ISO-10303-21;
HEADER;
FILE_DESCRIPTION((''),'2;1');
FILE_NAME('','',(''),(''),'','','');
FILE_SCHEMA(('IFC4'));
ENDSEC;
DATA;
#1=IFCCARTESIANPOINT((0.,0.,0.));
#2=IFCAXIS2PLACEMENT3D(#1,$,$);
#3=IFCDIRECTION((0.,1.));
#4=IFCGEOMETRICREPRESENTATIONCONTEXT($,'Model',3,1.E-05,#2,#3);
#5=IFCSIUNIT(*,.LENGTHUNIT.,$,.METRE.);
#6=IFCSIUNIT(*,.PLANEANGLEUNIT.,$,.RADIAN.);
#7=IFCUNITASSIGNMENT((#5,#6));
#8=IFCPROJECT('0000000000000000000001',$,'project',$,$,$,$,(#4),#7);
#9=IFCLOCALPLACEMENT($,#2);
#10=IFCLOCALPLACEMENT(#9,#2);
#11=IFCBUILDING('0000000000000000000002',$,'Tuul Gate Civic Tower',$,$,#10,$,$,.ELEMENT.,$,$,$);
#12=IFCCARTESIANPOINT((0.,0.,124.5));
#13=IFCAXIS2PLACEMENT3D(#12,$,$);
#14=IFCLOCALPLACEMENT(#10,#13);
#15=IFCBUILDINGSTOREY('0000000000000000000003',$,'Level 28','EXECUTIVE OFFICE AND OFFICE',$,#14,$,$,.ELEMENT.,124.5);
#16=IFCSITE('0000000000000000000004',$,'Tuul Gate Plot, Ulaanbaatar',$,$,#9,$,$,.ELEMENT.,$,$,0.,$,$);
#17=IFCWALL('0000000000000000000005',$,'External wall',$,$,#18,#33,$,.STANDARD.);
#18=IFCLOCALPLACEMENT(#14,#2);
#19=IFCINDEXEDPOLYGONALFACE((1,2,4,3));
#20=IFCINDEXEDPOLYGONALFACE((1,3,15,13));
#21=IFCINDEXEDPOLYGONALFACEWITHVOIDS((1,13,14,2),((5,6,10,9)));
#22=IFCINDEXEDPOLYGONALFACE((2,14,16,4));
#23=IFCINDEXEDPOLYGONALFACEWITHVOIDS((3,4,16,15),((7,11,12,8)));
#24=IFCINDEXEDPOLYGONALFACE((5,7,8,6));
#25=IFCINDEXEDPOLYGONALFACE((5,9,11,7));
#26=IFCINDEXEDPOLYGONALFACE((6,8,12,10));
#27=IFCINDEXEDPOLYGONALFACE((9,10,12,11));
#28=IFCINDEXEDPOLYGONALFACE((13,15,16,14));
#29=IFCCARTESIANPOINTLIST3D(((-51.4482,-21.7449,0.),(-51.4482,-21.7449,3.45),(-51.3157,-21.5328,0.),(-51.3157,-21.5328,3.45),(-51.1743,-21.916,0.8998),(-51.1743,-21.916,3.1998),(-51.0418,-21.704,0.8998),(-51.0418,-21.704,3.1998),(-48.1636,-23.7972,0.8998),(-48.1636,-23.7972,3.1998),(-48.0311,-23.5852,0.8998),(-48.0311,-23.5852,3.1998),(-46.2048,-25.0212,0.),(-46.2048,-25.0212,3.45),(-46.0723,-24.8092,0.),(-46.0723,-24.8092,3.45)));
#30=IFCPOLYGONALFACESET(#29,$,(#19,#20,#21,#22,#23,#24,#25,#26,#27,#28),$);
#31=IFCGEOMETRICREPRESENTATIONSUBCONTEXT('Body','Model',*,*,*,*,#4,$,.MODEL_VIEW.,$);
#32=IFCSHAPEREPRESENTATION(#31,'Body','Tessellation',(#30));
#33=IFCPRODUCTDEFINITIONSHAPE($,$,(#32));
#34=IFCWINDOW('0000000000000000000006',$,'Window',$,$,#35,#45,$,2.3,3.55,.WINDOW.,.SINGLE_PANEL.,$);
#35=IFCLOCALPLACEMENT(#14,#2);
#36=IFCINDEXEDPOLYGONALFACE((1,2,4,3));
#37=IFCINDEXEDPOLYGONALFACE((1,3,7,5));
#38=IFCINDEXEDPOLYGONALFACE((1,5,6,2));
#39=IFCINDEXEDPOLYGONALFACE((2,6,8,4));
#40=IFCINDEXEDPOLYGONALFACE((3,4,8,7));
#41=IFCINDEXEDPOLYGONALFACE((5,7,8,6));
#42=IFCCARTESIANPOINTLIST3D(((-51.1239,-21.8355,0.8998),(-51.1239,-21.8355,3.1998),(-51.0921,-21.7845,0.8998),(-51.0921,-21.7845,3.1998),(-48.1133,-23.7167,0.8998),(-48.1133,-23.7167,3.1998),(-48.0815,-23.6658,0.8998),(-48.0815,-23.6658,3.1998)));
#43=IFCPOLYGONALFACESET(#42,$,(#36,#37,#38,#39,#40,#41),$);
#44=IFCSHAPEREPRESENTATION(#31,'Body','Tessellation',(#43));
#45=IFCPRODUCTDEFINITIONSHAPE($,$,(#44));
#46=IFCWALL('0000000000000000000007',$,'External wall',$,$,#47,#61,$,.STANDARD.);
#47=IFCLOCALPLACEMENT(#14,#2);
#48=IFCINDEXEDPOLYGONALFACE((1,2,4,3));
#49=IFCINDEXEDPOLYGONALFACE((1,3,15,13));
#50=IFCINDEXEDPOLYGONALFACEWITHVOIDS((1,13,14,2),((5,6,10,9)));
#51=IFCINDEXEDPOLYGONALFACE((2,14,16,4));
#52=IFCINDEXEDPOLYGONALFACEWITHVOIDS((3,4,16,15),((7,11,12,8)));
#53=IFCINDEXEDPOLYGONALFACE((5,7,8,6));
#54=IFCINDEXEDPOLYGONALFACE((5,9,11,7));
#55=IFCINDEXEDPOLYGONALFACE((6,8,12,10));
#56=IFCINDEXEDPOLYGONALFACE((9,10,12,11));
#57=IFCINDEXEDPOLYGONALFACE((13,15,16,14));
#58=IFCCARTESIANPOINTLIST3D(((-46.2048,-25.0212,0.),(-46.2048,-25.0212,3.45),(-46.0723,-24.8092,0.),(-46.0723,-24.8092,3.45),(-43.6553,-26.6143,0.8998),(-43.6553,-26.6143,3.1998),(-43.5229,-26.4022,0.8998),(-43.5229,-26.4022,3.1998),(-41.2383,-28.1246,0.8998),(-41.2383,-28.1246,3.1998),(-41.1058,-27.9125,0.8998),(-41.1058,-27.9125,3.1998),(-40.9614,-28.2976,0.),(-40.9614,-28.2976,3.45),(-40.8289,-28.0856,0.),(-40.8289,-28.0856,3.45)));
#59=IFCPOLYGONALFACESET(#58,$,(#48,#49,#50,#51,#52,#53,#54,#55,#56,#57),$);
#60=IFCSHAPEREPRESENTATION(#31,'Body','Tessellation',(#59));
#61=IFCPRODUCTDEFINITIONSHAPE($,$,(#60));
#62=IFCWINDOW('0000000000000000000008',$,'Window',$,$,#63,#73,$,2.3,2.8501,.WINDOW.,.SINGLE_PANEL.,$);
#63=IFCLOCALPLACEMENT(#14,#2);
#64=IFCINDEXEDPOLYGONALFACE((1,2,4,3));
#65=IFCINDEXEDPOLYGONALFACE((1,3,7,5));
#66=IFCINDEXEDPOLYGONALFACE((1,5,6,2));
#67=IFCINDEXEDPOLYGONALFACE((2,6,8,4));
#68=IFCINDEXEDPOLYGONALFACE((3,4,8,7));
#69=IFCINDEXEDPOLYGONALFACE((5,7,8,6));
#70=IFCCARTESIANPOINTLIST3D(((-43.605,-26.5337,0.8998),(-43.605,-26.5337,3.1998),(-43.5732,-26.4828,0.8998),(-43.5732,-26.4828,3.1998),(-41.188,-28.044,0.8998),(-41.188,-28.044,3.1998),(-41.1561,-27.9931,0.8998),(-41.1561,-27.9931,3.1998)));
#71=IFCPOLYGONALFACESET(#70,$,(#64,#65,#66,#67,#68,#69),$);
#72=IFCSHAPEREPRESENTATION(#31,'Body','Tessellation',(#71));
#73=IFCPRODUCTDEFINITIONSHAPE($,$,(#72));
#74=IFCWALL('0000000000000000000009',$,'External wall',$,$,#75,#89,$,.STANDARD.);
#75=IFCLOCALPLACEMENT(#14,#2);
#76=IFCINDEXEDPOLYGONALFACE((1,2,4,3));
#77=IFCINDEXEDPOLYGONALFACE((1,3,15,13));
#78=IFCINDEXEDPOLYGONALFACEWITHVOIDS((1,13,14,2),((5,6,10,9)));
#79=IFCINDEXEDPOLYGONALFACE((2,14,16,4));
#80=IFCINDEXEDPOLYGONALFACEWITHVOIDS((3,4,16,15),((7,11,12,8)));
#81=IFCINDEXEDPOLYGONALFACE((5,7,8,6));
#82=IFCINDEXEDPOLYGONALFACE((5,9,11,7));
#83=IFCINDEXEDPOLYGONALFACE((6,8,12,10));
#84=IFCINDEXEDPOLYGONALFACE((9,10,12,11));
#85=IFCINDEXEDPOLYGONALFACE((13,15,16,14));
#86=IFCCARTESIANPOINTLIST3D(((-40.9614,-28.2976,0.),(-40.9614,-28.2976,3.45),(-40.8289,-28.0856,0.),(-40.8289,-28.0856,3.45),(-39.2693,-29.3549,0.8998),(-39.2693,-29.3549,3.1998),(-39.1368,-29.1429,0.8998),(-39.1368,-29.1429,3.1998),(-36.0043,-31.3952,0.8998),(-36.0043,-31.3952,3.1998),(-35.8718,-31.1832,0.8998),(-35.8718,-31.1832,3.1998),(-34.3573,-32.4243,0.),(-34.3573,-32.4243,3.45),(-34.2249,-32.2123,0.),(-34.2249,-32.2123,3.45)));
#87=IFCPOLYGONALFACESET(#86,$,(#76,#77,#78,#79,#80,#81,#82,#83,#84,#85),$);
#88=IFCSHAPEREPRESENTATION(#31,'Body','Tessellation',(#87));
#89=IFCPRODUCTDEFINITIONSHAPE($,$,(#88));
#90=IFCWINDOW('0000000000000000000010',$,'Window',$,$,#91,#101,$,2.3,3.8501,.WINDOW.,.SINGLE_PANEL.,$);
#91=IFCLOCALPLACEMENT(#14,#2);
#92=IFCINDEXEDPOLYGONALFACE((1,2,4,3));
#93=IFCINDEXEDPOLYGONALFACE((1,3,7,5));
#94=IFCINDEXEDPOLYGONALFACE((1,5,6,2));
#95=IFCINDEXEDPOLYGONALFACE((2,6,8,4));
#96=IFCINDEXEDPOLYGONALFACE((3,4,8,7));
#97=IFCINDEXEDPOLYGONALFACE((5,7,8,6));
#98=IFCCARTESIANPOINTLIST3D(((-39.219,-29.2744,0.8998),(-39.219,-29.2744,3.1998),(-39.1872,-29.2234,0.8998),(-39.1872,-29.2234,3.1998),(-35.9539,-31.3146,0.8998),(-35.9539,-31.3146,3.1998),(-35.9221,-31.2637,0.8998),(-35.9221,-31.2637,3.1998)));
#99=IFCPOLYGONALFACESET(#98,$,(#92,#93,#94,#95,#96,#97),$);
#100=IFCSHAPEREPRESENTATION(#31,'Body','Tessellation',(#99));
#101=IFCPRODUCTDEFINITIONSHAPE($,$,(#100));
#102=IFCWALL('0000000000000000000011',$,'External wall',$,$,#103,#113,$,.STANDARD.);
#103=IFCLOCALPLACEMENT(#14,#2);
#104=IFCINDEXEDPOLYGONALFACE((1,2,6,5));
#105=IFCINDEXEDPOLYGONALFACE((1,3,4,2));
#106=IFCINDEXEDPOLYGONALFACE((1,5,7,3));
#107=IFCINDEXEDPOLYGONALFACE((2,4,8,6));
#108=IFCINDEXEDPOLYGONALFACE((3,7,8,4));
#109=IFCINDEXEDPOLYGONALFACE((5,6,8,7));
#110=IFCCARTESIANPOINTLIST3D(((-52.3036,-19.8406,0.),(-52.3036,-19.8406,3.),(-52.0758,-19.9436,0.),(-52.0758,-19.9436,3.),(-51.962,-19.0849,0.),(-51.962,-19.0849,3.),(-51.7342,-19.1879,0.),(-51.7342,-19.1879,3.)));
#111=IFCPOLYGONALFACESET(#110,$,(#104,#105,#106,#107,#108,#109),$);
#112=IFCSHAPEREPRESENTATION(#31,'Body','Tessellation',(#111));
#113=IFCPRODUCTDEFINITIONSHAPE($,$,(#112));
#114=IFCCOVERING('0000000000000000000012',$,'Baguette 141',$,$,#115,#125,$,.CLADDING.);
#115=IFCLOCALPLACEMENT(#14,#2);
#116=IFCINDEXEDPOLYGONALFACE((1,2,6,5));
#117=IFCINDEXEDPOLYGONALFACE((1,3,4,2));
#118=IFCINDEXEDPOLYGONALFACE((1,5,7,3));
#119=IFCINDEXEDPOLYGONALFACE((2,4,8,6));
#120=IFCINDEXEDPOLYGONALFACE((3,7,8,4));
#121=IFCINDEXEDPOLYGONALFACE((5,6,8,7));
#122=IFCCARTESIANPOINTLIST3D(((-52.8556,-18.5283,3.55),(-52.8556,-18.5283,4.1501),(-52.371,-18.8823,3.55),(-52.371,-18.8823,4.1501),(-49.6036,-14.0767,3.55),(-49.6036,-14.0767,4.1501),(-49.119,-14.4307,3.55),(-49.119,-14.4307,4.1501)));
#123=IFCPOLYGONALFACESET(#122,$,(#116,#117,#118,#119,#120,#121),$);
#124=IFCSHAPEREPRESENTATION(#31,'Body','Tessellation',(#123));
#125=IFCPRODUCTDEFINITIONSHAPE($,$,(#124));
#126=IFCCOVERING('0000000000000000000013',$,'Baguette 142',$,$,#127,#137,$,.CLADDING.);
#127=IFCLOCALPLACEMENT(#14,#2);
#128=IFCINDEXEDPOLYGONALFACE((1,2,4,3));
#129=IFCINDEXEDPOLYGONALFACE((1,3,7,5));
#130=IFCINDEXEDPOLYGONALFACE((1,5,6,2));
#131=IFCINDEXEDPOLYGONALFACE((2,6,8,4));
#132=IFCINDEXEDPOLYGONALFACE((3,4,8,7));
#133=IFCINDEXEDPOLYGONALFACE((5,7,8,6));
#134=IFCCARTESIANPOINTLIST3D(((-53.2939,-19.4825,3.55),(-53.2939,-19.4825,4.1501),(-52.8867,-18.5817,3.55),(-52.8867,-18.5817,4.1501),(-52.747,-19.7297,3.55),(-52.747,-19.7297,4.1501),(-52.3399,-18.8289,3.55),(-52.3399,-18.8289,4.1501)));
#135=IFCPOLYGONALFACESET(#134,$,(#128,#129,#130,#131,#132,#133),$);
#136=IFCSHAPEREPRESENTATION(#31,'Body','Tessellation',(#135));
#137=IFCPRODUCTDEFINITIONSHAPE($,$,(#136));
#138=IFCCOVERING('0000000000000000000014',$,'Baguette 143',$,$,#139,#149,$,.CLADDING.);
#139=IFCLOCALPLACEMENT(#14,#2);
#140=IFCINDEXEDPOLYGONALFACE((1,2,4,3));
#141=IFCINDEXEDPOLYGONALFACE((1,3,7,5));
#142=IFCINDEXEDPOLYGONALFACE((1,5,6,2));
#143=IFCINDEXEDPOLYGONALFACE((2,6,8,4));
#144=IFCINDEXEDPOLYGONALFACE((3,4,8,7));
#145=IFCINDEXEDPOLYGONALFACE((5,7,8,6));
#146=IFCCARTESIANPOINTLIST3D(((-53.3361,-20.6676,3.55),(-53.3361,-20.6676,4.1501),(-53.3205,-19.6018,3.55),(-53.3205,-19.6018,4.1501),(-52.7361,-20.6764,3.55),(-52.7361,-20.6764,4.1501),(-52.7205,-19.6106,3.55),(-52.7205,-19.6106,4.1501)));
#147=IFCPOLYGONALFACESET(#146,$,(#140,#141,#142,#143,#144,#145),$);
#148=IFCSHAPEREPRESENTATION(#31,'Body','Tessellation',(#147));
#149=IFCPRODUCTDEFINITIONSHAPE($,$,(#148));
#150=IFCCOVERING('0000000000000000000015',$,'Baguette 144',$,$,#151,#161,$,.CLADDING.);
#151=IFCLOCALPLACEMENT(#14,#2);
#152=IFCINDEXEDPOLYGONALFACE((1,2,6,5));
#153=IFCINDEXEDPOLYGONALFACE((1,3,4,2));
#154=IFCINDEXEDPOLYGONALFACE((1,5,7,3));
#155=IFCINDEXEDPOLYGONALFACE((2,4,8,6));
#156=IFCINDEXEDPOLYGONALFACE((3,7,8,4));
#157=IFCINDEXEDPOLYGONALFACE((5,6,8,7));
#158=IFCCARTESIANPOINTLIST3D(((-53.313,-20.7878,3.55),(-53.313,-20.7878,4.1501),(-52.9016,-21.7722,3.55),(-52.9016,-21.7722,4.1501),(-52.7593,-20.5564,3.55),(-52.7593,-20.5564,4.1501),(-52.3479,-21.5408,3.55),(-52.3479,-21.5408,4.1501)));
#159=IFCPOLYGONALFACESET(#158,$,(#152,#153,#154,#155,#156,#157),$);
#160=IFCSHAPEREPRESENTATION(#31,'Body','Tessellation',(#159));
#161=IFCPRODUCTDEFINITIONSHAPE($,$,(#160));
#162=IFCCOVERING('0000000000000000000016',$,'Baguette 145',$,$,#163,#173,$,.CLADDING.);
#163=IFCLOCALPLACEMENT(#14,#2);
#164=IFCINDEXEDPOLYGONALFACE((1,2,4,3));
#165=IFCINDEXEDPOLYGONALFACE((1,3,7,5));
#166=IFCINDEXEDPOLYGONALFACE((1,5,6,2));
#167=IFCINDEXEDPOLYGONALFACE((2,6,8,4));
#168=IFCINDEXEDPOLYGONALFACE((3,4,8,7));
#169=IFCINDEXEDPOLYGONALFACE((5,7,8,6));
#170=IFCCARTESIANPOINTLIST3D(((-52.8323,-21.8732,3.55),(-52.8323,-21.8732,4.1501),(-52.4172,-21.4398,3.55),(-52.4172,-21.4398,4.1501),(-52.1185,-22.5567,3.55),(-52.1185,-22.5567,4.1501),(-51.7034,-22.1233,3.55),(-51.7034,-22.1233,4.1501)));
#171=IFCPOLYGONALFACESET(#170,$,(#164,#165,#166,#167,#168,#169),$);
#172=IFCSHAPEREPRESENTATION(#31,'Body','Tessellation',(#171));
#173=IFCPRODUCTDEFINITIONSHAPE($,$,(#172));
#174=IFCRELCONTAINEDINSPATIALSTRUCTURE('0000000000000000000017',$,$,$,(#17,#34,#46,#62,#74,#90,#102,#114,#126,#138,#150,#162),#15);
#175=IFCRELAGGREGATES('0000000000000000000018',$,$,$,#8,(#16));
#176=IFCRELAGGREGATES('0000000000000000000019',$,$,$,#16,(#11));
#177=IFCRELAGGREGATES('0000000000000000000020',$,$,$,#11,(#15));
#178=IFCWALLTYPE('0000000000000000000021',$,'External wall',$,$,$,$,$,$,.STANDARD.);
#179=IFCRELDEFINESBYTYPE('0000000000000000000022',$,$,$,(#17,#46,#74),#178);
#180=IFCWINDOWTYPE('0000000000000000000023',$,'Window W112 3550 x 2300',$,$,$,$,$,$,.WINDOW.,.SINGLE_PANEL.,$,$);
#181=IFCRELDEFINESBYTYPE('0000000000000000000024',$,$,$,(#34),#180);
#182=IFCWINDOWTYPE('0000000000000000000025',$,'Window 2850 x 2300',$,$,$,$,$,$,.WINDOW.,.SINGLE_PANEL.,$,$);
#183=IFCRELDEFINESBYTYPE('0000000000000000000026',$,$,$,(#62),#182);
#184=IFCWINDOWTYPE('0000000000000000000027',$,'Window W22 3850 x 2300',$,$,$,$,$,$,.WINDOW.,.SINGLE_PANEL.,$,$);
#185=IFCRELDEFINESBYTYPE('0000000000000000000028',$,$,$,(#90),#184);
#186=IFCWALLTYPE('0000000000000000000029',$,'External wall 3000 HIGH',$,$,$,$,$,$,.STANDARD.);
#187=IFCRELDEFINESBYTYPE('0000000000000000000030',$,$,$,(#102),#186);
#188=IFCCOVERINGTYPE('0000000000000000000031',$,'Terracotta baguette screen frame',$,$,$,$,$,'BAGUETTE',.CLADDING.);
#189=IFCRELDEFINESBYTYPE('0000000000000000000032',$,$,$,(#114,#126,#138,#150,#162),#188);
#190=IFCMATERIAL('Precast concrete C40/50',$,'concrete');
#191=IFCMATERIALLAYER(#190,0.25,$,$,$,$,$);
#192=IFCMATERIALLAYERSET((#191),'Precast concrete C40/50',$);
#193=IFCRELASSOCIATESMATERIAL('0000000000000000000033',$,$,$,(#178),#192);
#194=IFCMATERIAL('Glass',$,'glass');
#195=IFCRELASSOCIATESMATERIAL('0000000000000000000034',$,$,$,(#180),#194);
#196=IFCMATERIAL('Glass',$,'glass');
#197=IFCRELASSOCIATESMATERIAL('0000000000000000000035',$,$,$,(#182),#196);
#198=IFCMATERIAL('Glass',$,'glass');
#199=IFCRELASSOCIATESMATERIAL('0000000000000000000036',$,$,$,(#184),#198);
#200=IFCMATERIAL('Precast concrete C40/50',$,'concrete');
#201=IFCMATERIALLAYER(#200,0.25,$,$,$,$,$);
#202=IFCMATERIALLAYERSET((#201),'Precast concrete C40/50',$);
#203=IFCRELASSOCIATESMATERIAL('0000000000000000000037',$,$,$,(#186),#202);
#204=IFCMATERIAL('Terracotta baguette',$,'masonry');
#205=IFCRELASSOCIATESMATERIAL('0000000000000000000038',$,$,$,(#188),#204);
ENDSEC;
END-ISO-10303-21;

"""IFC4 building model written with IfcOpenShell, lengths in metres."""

from ifc_helpers import new_model, si_unit, direction, frame, frame_2d, origin, origin_2d, place, context, subcontext, project, spatial, rectangle, extrude, material, layer, layer_set, material_profile, profile_set, type_object, element, fill, save


model = new_model("IFC4")

# Units and contexts
model_context = context("Model", 3, precision=1e-05, world=origin(), true_north=direction((0.0, 1.0)))
body_context = subcontext(model_context, "Body", "Model", "MODEL_VIEW")
ifc_project = project(units=[si_unit("LENGTHUNIT", "METRE"), si_unit("PLANEANGLEUNIT", "RADIAN")], contexts=[model_context])

# Site, building, storey
site_placement = place(None, origin())
site = spatial("IfcSite", under=ifc_project, at=site_placement, Name="Tuul Gate Plot, Ulaanbaatar", CompositionType="ELEMENT", RefElevation=0.0)
building_placement = place(site_placement, origin())
building = spatial("IfcBuilding", under=site, at=building_placement, Name="Tuul Gate Civic Tower", CompositionType="ELEMENT")
storey_placement = place(building_placement, frame((0.0, 0.0, 124.5)))
storey = spatial("IfcBuildingStorey", under=building, at=storey_placement, Name="Level 28", Description="EXECUTIVE OFFICE AND OFFICE", CompositionType="ELEMENT", Elevation=124.5)

# Shared definitions
ifc_material_1 = material(Name="Precast concrete C40/50", Category="concrete")
ifc_layer_1 = layer(ifc_material_1, 0.25)
ifc_layer_set_1 = layer_set([ifc_layer_1], Name="Precast concrete C40/50")
wall_type_1 = type_object("IfcWallType", Name="External wall", PredefinedType="STANDARD", material=ifc_layer_set_1)

# Walls, openings, windows
wall_1_placement = place(storey_placement, frame((-51.3818, -21.6389, 0.0), z_axis=(0.0, 0.0, 1.0), x_axis=(0.848054, -0.52991, 0.0)))
wall_1 = element("IfcWall", 1, at=wall_1_placement, inside=storey, type_object=wall_type_1, Name="External wall", PredefinedType="STANDARD", context=body_context, shape_type="SweptSolid", body=[
    extrude(rectangle(XDim=6.1829, YDim=0.25, at=frame_2d((3.0913, 0.0))), origin(), (0.0, 0.0, 1.0), 3.45),
])
opening_1_placement = place(wall_1_placement, frame((0.323, 0.0, 0.8999)))
opening_1 = element("IfcOpeningElement", 2, at=opening_1_placement, cuts=wall_1, PredefinedType="OPENING", context=body_context, shape_type="SweptSolid", body=[
    extrude(rectangle(XDim=3.55, YDim=2.3, at=frame_2d((1.7749, 1.1499))), frame((0.0, 0.135, 0.0), z_axis=(0.0, -1.0, 0.0), x_axis=(1.0, 0.0, 0.0)), (0.0, 0.0, 1.0), 0.27),
])
ifc_material_2 = material(Name="Glass", Category="glass")
window_type_1 = type_object("IfcWindowType", Name="Window W112 3550 x 2300", PartitioningType="SINGLE_PANEL", PredefinedType="WINDOW", material=ifc_material_2)
window_1_placement = place(opening_1_placement, origin())
window_1 = element("IfcWindow", 3, at=window_1_placement, inside=storey, type_object=window_type_1, Name="Window", OverallHeight=2.3, OverallWidth=3.55, PartitioningType="SINGLE_PANEL", PredefinedType="WINDOW", context=body_context, shape_type="SweptSolid", body=[
    extrude(rectangle(XDim=3.55, YDim=2.3, at=frame_2d((1.7749, 1.1499))), frame((0.0, 0.03, 0.0), z_axis=(0.0, -1.0, 0.0), x_axis=(1.0, 0.0, 0.0)), (0.0, 0.0, 1.0), 0.0601),
])
fill(opening_1, window_1)
wall_2_placement = place(storey_placement, frame((-46.1384, -24.9153, 0.0), z_axis=(0.0, 0.0, 1.0), x_axis=(0.848054, -0.52991, 0.0)))
wall_2 = element("IfcWall", 4, at=wall_2_placement, inside=storey, type_object=wall_type_1, Name="External wall", PredefinedType="STANDARD", context=body_context, shape_type="SweptSolid", body=[
    extrude(rectangle(XDim=6.1829, YDim=0.25, at=frame_2d((3.0913, 0.0))), origin(), (0.0, 0.0, 1.0), 3.45),
])
opening_2_placement = place(wall_2_placement, frame((3.0061, 0.0, 0.8999)))
opening_2 = element("IfcOpeningElement", 5, at=opening_2_placement, cuts=wall_2, PredefinedType="OPENING", context=body_context, shape_type="SweptSolid", body=[
    extrude(rectangle(XDim=2.8501, YDim=2.3, at=frame_2d((1.425, 1.1499))), frame((0.0, 0.135, 0.0), z_axis=(0.0, -1.0, 0.0), x_axis=(1.0, 0.0, 0.0)), (0.0, 0.0, 1.0), 0.27),
])
ifc_material_3 = material(Name="Glass", Category="glass")
window_type_2 = type_object("IfcWindowType", Name="Window 2850 x 2300", PartitioningType="SINGLE_PANEL", PredefinedType="WINDOW", material=ifc_material_3)
window_2_placement = place(opening_2_placement, origin())
window_2 = element("IfcWindow", 6, at=window_2_placement, inside=storey, type_object=window_type_2, Name="Window", OverallHeight=2.3, OverallWidth=2.8501, PartitioningType="SINGLE_PANEL", PredefinedType="WINDOW", context=body_context, shape_type="SweptSolid", body=[
    extrude(rectangle(XDim=2.8501, YDim=2.3, at=frame_2d((1.425, 1.1499))), frame((0.0, 0.03, 0.0), z_axis=(0.0, -1.0, 0.0), x_axis=(1.0, 0.0, 0.0)), (0.0, 0.0, 1.0), 0.0601),
])
fill(opening_2, window_2)
wall_3_placement = place(storey_placement, frame((-40.895, -28.1917, 0.0), z_axis=(0.0, 0.0, 1.0), x_axis=(0.848044, -0.529926, 0.0)))
wall_3 = element("IfcWall", 7, at=wall_3_placement, inside=storey, type_object=wall_type_1, Name="External wall", PredefinedType="STANDARD", context=body_context, shape_type="SweptSolid", body=[
    extrude(rectangle(XDim=7.7874, YDim=0.25, at=frame_2d((3.8936, 0.0))), origin(), (0.0, 0.0, 1.0), 3.45),
])
opening_3_placement = place(wall_3_placement, frame((1.9951, 0.0, 0.8999)))
opening_3 = element("IfcOpeningElement", 8, at=opening_3_placement, cuts=wall_3, PredefinedType="OPENING", context=body_context, shape_type="SweptSolid", body=[
    extrude(rectangle(XDim=3.8501, YDim=2.3, at=frame_2d((1.925, 1.1499))), frame((0.0, 0.135, 0.0), z_axis=(0.0, -1.0, 0.0), x_axis=(1.0, 0.0, 0.0)), (0.0, 0.0, 1.0), 0.27),
])
ifc_material_4 = material(Name="Glass", Category="glass")
window_type_3 = type_object("IfcWindowType", Name="Window W22 3850 x 2300", PartitioningType="SINGLE_PANEL", PredefinedType="WINDOW", material=ifc_material_4)
window_3_placement = place(opening_3_placement, origin())
window_3 = element("IfcWindow", 9, at=window_3_placement, inside=storey, type_object=window_type_3, Name="Window", OverallHeight=2.3, OverallWidth=3.8501, PartitioningType="SINGLE_PANEL", PredefinedType="WINDOW", context=body_context, shape_type="SweptSolid", body=[
    extrude(rectangle(XDim=3.8501, YDim=2.3, at=frame_2d((1.925, 1.1499))), frame((0.0, 0.03, 0.0), z_axis=(0.0, -1.0, 0.0), x_axis=(1.0, 0.0, 0.0)), (0.0, 0.0, 1.0), 0.0601),
])
fill(opening_3, window_3)

# Wall
ifc_material_5 = material(Name="Precast concrete C40/50", Category="concrete")
ifc_layer_2 = layer(ifc_material_5, 0.25)
ifc_layer_set_2 = layer_set([ifc_layer_2], Name="Precast concrete C40/50")
wall_type_2 = type_object("IfcWallType", Name="External wall 3000 HIGH", PredefinedType="STANDARD", material=ifc_layer_set_2)
wall_4_placement = place(storey_placement, frame((-51.8481, -19.1365, 0.0), z_axis=(0.0, 0.0, 1.0), x_axis=(-0.411894, -0.911232, 0.0)))
element("IfcWall", 10, at=wall_4_placement, inside=storey, type_object=wall_type_2, Name="External wall", PredefinedType="STANDARD", context=body_context, shape_type="SweptSolid", body=[
    extrude(rectangle(XDim=0.8293, YDim=0.25, at=frame_2d((0.4146, 0.0))), origin(), (0.0, 0.0, 1.0), 3.0),
])

# Coverings
ifc_material_6 = material(Name="Terracotta baguette", Category="masonry")
ifc_material_profile_1 = material_profile(ifc_material_6, rectangle(XDim=0.6001, YDim=0.6001, at=origin_2d()), Name="Terracotta baguette screen frame")
ifc_profile_set_1 = profile_set([ifc_material_profile_1], Name="Terracotta baguette")
covering_type = type_object("IfcCoveringType", Name="Terracotta baguette screen frame", ElementType="BAGUETTE", PredefinedType="CLADDING", material=ifc_profile_set_1)
covering_1_placement = place(storey_placement, frame((-49.3613, -14.2537, 3.8501), z_axis=(-0.589877, -0.807493, 0.0), x_axis=(0.807493, -0.589877, 0.0)))
element("IfcCovering", 11, at=covering_1_placement, inside=storey, type_object=covering_type, Name="Baguette 141", PredefinedType="CLADDING", context=body_context, shape_type="SweptSolid", body=[
    extrude(rectangle(XDim=0.6001, YDim=0.6001, at=origin_2d()), origin(), (0.0, 0.0, 1.0), 5.5129),
])
covering_2_placement = place(storey_placement, frame((-52.6133, -18.7053, 3.8501), z_axis=(-0.411904, -0.911227, 0.0), x_axis=(0.911227, -0.411904, 0.0)))
element("IfcCovering", 12, at=covering_2_placement, inside=storey, type_object=covering_type, Name="Baguette 142", PredefinedType="CLADDING", context=body_context, shape_type="SweptSolid", body=[
    extrude(rectangle(XDim=0.6001, YDim=0.6001, at=origin_2d()), origin(), (0.0, 0.0, 1.0), 0.9885),
])
covering_3_placement = place(storey_placement, frame((-53.0205, -19.6062, 3.8501), z_axis=(-0.014657, -0.999893, 0.0), x_axis=(0.999893, -0.014657, 0.0)))
element("IfcCovering", 13, at=covering_3_placement, inside=storey, type_object=covering_type, Name="Baguette 143", PredefinedType="CLADDING", context=body_context, shape_type="SweptSolid", body=[
    extrude(rectangle(XDim=0.6001, YDim=0.6001, at=origin_2d()), origin(), (0.0, 0.0, 1.0), 1.0659),
])
covering_4_placement = place(storey_placement, frame((-53.0361, -20.6721, 3.8501), z_axis=(0.38559, -0.92267, 0.0), x_axis=(0.92267, 0.38559, 0.0)))
element("IfcCovering", 14, at=covering_4_placement, inside=storey, type_object=covering_type, Name="Baguette 144", PredefinedType="CLADDING", context=body_context, shape_type="SweptSolid", body=[
    extrude(rectangle(XDim=0.6001, YDim=0.6001, at=origin_2d()), origin(), (0.0, 0.0, 1.0), 1.0669),
])
covering_5_placement = place(storey_placement, frame((-52.6248, -21.6565, 3.8501), z_axis=(0.722256, -0.691626, 0.0), x_axis=(0.691626, 0.722256, 0.0)))
element("IfcCovering", 15, at=covering_5_placement, inside=storey, type_object=covering_type, Name="Baguette 145", PredefinedType="CLADDING", context=body_context, shape_type="SweptSolid", body=[
    extrude(rectangle(XDim=0.6001, YDim=0.6001, at=origin_2d()), origin(), (0.0, 0.0, 1.0), 0.9883),
])

save(model, "model.ifc")
